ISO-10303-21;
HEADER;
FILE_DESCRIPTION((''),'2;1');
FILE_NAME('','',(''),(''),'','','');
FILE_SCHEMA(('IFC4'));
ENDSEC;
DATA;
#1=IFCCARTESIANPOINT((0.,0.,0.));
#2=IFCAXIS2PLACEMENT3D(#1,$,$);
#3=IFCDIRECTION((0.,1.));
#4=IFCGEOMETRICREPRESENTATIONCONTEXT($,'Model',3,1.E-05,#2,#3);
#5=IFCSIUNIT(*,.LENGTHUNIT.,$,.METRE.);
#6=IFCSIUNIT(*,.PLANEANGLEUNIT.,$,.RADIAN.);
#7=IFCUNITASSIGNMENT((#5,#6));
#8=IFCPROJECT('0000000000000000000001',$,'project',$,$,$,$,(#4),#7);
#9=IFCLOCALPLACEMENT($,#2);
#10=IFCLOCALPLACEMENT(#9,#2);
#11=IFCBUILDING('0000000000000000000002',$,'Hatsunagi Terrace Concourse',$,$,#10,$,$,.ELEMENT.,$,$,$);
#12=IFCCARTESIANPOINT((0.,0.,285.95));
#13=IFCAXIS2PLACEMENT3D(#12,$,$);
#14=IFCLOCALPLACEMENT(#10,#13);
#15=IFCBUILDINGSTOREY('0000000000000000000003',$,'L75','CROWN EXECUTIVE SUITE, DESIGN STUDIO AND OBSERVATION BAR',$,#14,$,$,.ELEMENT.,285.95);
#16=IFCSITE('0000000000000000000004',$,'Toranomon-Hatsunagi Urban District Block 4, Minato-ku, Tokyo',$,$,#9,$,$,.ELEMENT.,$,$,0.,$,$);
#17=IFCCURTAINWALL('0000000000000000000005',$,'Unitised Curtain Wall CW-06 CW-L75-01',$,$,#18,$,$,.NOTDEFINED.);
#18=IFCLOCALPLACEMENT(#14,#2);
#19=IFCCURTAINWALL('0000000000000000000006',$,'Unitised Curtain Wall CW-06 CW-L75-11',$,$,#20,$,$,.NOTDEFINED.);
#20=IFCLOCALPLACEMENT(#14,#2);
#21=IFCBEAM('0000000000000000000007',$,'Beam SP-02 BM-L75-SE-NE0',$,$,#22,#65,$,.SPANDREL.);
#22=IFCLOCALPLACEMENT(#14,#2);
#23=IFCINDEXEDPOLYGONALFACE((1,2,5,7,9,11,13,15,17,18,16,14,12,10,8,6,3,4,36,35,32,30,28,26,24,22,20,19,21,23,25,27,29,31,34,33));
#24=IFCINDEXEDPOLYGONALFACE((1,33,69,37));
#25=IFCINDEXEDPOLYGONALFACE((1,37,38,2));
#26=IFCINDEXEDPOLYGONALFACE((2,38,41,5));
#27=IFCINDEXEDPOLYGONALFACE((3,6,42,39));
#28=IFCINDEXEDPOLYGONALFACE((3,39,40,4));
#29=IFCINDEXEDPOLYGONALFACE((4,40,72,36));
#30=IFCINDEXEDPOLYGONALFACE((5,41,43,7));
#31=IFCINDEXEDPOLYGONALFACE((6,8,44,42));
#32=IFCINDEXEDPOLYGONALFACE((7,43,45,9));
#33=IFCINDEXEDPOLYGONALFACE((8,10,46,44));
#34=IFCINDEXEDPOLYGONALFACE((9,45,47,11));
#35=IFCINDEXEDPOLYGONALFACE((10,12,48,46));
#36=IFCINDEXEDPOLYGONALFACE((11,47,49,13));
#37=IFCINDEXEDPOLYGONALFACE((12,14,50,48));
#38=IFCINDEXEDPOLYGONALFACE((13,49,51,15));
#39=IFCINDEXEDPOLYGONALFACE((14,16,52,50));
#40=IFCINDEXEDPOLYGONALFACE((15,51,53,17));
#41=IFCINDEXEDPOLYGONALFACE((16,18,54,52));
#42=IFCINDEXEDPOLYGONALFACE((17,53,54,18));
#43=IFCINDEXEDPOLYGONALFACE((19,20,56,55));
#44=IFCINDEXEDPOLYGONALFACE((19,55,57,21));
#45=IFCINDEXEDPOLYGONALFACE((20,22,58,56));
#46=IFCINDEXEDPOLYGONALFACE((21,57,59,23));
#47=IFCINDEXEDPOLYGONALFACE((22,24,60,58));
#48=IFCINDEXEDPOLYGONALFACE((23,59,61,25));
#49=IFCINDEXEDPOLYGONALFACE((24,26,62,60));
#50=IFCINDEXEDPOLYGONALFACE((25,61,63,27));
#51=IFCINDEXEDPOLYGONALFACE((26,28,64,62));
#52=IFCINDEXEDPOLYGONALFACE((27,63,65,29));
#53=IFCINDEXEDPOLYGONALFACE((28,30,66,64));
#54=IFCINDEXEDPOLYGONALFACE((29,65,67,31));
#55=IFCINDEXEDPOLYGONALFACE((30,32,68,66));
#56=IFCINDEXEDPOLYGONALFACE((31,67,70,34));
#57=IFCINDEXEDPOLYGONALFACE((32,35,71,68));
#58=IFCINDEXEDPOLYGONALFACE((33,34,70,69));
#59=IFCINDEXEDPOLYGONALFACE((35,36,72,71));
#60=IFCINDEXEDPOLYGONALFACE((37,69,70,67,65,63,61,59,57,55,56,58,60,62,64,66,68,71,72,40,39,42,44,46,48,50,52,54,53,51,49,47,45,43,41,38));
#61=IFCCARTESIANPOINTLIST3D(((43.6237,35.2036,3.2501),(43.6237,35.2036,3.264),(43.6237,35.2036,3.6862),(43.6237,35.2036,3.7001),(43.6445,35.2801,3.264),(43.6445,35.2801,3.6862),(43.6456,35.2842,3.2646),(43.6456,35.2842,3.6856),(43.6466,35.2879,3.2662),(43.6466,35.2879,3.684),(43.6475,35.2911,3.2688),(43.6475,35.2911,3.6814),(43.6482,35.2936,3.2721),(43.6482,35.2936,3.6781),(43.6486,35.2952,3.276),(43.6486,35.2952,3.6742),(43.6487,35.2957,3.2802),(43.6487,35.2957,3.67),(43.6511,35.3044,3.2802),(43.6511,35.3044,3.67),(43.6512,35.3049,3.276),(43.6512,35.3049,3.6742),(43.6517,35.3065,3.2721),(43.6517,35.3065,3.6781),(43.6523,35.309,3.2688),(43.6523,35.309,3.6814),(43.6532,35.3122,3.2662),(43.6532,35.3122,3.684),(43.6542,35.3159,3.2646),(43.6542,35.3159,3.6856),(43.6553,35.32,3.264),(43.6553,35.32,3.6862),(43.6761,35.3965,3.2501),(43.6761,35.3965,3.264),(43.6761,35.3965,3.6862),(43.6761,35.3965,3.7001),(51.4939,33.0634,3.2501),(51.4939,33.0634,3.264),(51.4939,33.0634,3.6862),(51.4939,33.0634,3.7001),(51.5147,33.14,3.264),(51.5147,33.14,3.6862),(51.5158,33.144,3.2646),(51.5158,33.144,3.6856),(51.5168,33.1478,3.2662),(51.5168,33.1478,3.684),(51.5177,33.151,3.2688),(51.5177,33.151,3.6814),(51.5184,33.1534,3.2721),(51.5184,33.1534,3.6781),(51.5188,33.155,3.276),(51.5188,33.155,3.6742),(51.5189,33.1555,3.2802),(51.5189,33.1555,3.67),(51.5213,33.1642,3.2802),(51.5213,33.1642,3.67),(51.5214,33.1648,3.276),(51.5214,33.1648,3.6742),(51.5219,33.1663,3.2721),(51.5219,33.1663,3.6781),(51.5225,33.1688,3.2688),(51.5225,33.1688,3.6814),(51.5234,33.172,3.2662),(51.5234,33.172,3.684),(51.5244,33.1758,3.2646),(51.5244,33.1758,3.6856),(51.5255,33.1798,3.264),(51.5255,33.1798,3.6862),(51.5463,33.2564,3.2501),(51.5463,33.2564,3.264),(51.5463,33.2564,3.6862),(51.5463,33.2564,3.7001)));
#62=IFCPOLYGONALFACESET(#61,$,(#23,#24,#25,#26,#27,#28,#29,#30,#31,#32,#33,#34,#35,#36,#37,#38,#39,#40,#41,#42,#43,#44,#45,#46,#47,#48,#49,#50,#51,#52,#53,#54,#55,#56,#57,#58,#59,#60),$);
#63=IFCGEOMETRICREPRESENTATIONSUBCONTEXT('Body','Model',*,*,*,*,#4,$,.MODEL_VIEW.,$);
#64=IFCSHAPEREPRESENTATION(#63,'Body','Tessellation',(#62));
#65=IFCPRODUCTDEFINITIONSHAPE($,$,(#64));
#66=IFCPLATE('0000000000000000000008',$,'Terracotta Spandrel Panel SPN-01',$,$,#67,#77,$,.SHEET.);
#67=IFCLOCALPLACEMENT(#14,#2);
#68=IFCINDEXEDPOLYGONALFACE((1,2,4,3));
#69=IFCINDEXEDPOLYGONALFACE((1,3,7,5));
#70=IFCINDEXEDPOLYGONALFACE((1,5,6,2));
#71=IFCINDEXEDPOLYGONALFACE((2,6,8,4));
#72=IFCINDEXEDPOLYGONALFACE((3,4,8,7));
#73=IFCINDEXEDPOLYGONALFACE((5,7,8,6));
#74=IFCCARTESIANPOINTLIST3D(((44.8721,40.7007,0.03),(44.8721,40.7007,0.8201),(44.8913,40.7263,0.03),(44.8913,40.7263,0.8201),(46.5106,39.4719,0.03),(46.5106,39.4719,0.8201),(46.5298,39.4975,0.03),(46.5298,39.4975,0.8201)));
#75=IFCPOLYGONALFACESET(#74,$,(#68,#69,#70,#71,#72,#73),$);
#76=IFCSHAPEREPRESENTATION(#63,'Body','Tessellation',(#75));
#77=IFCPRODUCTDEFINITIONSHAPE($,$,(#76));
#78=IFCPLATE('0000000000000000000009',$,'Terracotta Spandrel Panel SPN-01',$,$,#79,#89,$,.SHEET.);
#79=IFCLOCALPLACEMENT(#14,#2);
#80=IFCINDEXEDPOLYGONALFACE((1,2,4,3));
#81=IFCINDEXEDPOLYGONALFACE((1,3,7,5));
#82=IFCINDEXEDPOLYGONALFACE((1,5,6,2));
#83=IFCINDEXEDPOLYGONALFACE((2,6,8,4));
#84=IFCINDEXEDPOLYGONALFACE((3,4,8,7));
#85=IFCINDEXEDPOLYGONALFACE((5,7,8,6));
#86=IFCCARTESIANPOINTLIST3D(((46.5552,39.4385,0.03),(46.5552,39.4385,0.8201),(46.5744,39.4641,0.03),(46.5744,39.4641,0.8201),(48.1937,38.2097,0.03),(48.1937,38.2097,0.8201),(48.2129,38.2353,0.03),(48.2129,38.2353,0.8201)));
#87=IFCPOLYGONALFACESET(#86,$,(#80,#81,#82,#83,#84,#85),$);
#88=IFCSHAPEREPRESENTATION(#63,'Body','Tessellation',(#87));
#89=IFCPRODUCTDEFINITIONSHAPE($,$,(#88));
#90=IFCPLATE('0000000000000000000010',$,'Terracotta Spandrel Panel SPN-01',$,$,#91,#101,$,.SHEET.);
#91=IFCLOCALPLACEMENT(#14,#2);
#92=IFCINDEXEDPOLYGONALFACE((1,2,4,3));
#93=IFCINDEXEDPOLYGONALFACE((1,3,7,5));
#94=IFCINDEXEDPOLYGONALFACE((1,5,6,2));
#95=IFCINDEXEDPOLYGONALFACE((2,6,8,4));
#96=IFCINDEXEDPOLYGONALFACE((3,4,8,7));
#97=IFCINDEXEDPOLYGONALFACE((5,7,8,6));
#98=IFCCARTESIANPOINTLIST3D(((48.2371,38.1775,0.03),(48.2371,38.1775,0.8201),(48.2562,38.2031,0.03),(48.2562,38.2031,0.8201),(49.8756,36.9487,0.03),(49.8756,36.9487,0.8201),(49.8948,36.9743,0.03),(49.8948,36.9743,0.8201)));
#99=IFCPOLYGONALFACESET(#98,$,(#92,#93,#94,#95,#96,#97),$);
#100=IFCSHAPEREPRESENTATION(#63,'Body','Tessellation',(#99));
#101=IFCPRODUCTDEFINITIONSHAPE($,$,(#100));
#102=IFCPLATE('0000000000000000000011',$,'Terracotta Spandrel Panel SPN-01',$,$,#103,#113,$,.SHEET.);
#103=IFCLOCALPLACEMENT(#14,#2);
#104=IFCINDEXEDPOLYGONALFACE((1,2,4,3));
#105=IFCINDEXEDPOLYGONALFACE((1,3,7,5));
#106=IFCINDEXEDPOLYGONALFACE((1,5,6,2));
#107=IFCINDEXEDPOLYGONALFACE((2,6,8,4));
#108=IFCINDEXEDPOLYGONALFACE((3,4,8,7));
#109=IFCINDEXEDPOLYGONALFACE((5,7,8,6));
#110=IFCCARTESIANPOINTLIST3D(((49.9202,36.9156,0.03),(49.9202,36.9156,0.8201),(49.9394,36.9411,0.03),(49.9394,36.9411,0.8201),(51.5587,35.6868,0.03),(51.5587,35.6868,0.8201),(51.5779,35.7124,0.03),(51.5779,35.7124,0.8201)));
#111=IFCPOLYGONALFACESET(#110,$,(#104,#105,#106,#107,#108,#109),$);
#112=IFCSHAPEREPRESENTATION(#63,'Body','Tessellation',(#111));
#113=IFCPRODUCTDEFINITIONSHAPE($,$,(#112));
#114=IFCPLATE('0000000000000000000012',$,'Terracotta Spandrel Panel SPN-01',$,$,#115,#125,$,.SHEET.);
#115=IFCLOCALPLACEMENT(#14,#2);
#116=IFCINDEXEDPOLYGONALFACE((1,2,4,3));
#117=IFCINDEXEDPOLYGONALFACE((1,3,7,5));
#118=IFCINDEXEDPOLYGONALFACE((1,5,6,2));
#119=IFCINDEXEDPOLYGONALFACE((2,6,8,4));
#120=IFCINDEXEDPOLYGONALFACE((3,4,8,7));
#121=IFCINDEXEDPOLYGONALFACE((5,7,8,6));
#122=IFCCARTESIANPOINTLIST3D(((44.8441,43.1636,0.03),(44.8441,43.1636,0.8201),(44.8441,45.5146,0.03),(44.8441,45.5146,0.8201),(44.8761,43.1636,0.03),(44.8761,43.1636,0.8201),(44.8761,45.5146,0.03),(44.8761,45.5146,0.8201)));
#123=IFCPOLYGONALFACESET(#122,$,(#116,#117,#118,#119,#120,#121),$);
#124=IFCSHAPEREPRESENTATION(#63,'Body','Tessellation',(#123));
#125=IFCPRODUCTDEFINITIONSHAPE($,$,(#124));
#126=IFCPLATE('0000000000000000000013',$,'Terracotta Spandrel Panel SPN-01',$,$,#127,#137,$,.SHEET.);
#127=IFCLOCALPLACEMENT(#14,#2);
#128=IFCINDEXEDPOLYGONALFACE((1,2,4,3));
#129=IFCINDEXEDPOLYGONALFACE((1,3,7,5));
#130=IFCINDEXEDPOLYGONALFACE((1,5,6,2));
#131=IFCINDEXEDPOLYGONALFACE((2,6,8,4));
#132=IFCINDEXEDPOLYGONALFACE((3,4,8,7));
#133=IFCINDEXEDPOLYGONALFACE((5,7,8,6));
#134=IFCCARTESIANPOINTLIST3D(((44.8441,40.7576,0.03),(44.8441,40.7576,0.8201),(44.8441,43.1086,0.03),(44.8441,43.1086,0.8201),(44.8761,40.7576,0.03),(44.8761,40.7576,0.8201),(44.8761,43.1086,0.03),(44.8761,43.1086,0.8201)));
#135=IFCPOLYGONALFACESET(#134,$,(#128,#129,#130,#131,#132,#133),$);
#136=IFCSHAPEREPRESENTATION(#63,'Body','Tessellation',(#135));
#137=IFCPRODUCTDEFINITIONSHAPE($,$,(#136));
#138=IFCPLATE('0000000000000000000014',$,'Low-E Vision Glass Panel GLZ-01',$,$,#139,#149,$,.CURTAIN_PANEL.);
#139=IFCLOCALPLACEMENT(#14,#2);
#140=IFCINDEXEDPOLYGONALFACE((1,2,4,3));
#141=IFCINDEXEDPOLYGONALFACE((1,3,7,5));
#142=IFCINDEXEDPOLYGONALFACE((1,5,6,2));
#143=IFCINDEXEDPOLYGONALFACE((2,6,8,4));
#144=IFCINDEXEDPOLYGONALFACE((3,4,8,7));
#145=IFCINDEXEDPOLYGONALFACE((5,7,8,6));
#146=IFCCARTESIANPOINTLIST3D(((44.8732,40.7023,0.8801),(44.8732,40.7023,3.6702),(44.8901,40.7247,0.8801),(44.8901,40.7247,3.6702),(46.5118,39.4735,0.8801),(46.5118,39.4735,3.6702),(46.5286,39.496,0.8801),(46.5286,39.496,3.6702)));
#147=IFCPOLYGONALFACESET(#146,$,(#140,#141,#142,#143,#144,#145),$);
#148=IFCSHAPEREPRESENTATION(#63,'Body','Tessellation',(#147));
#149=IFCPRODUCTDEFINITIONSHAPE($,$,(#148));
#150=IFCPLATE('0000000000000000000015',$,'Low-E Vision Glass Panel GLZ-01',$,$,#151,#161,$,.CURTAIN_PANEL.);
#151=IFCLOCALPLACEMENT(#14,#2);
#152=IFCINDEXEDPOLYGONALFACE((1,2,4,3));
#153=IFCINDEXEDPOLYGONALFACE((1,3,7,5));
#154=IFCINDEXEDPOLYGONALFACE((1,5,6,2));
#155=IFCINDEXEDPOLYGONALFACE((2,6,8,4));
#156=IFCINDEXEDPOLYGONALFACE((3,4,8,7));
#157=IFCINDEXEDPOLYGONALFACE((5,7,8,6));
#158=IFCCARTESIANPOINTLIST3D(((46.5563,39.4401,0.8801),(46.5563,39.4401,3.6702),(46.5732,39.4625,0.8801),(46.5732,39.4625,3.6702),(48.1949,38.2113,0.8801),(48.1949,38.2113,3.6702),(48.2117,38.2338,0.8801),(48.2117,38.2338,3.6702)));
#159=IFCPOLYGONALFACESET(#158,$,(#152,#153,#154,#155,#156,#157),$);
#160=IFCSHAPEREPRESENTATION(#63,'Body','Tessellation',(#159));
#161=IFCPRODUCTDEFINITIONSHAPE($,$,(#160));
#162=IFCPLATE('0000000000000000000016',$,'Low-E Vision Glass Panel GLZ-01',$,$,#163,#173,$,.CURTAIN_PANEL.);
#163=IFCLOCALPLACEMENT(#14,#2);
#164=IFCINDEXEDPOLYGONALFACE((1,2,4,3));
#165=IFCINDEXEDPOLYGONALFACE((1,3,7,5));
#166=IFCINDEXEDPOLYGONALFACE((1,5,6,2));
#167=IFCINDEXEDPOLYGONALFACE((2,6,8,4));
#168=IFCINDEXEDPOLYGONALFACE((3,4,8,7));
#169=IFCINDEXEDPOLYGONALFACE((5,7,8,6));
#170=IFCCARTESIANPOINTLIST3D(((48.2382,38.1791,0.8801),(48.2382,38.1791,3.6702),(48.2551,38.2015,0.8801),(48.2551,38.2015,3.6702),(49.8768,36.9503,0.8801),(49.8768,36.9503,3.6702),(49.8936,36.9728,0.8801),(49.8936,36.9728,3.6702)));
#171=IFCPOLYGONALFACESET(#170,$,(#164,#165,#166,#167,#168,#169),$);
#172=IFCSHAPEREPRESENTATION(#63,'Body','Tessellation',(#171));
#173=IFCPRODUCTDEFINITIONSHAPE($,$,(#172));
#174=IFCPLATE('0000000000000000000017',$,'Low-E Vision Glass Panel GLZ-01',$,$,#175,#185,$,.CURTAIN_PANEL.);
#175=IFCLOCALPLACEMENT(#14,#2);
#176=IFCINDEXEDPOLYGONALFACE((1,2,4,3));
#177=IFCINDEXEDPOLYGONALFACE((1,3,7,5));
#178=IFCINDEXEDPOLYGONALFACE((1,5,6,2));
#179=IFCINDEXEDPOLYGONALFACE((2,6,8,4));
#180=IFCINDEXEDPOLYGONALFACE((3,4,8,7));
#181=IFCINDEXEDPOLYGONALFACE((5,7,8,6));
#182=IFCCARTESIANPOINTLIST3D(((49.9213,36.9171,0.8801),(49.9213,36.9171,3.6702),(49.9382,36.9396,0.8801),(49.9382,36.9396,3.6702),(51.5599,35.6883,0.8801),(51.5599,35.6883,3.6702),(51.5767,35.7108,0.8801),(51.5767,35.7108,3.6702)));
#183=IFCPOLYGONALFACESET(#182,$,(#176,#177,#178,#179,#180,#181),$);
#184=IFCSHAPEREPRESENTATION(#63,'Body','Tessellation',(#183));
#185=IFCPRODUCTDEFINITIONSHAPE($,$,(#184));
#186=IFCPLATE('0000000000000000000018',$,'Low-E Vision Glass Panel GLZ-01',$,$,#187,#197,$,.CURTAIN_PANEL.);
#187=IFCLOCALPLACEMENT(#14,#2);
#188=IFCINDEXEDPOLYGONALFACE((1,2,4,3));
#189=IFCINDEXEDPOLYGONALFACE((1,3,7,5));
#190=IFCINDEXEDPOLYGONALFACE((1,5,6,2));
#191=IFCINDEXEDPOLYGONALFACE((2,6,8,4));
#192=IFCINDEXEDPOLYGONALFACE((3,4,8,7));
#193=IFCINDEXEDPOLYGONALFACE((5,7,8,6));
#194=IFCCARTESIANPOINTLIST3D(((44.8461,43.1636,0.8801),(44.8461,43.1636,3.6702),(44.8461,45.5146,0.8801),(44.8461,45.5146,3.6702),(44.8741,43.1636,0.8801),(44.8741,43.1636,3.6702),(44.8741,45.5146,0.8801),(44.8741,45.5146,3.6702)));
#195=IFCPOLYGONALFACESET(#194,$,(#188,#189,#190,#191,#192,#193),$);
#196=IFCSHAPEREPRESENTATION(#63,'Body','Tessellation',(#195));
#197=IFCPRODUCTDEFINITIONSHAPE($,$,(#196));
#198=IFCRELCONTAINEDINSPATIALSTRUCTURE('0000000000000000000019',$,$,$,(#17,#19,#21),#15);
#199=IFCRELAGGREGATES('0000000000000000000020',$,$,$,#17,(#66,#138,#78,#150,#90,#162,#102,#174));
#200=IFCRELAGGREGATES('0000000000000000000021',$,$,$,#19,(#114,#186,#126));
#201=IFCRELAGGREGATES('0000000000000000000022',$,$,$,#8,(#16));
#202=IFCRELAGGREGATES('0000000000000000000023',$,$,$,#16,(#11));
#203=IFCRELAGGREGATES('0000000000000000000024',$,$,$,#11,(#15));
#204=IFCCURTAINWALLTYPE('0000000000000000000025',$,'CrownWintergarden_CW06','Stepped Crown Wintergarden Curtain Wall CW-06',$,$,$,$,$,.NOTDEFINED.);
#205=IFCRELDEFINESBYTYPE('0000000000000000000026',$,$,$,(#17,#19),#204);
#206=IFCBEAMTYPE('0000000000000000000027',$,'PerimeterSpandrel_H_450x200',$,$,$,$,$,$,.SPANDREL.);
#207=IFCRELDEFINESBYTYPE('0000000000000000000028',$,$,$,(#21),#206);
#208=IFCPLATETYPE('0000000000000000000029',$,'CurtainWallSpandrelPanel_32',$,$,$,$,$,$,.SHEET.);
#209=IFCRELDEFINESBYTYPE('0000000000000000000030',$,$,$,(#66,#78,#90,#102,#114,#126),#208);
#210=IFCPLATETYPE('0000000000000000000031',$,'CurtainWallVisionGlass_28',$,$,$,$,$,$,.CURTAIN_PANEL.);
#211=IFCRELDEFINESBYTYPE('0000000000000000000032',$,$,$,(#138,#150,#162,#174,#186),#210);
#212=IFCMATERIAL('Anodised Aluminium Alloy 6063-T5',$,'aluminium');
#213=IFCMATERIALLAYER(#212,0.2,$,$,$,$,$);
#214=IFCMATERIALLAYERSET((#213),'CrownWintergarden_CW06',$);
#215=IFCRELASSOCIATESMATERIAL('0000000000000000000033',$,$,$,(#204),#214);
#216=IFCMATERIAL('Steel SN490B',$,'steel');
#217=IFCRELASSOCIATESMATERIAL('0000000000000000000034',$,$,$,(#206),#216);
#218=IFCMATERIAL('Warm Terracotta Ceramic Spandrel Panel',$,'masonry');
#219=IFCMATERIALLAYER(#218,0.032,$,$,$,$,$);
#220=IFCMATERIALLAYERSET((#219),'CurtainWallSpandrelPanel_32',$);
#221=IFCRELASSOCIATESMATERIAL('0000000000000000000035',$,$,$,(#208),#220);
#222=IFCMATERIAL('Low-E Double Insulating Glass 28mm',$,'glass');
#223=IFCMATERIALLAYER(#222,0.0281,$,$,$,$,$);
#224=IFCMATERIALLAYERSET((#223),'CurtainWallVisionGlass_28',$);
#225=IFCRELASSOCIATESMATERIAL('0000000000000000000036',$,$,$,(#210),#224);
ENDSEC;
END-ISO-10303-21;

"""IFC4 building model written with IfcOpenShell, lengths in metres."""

from ifc_helpers import new_model, si_unit, direction, frame, origin, origin_2d, place, context, subcontext, project, spatial, rectangle, i_section, extrude, material, layer, layer_set, material_profile, profile_set, type_object, element, aggregate, save


model = new_model("IFC4")

# Units and contexts
model_context = context("Model", 3, precision=1e-05, world=origin(), true_north=direction((0.0, 1.0)))
body_context = subcontext(model_context, "Body", "Model", "MODEL_VIEW")
ifc_project = project(units=[si_unit("LENGTHUNIT", "METRE"), si_unit("PLANEANGLEUNIT", "RADIAN")], contexts=[model_context])

# Site, building, storey
site_placement = place(None, origin())
site = spatial("IfcSite", under=ifc_project, at=site_placement, Name="Toranomon-Hatsunagi Urban District Block 4, Minato-ku, Tokyo", CompositionType="ELEMENT", RefElevation=0.0)
building_placement = place(site_placement, origin())
building = spatial("IfcBuilding", under=site, at=building_placement, Name="Hatsunagi Terrace Concourse", CompositionType="ELEMENT")
storey_placement = place(building_placement, frame((0.0, 0.0, 285.95)))
storey = spatial("IfcBuildingStorey", under=building, at=storey_placement, Name="L75", Description="CROWN EXECUTIVE SUITE, DESIGN STUDIO AND OBSERVATION BAR", CompositionType="ELEMENT", Elevation=285.95)

# Curtain walls
ifc_material_1 = material(Name="Anodised Aluminium Alloy 6063-T5", Category="aluminium")
ifc_layer_1 = layer(ifc_material_1, 0.2)
ifc_layer_set_1 = layer_set([ifc_layer_1], Name="CrownWintergarden_CW06")
curtain_wall_type = type_object("IfcCurtainWallType", Name="CrownWintergarden_CW06", Description="Stepped Crown Wintergarden Curtain Wall CW-06", PredefinedType="NOTDEFINED", material=ifc_layer_set_1)
curtain_wall_1_placement = place(storey_placement, origin())
curtain_wall_1 = element("IfcCurtainWall", 1, at=curtain_wall_1_placement, inside=storey, type_object=curtain_wall_type, Name="Unitised Curtain Wall CW-06 CW-L75-01", PredefinedType="NOTDEFINED")
curtain_wall_2_placement = place(storey_placement, origin())
curtain_wall_2 = element("IfcCurtainWall", 2, at=curtain_wall_2_placement, inside=storey, type_object=curtain_wall_type, Name="Unitised Curtain Wall CW-06 CW-L75-11", PredefinedType="NOTDEFINED")

# Beam
ifc_material_2 = material(Name="Steel SN490B", Category="steel")
ifc_material_profile_1 = material_profile(ifc_material_2, i_section(OverallWidth=0.2, OverallDepth=0.45, WebThickness=0.009, FlangeThickness=0.0139, FilletRadius=0.0161, at=origin_2d()), Name="H-450x200x9x14")
ifc_profile_set_1 = profile_set([ifc_material_profile_1], Name="Steel SN490B")
beam_type_1 = type_object("IfcBeamType", Name="PerimeterSpandrel_H_450x200", PredefinedType="SPANDREL", material=ifc_profile_set_1)
beam_1_placement = place(storey_placement, frame((43.6499, 35.3, 3.4751), z_axis=(0.964958, -0.262403, 0.0), x_axis=(0.262403, 0.964958, 0.0)))
element("IfcBeam", 3, at=beam_1_placement, inside=storey, type_object=beam_type_1, Name="Beam SP-02 BM-L75-SE-NE0", PredefinedType="SPANDREL", context=body_context, shape_type="SweptSolid", body=[
    extrude(i_section(OverallWidth=0.2, OverallDepth=0.45, WebThickness=0.009, FlangeThickness=0.0139, FilletRadius=0.0161, at=origin_2d()), origin(), (0.0, 0.0, 1.0), 8.156),
])

# Plates
ifc_material_3 = material(Name="Warm Terracotta Ceramic Spandrel Panel", Category="masonry")
ifc_layer_2 = layer(ifc_material_3, 0.032)
ifc_layer_set_2 = layer_set([ifc_layer_2], Name="CurtainWallSpandrelPanel_32")
plate_type_1 = type_object("IfcPlateType", Name="CurtainWallSpandrelPanel_32", PredefinedType="SHEET", material=ifc_layer_set_2)
plate_1_placement = place(storey_placement, frame((45.7009, 40.0991, 0.03), z_axis=(0.0, 0.0, 1.0), x_axis=(0.800028, -0.599962, 0.0)))
plate_1 = element("IfcPlate", 4, at=plate_1_placement, type_object=plate_type_1, Name="Terracotta Spandrel Panel SPN-01", PredefinedType="SHEET", context=body_context, shape_type="SweptSolid", body=[
    extrude(rectangle(XDim=2.0481, YDim=0.032, at=origin_2d()), origin(), (0.0, 0.0, 1.0), 0.79),
])
plate_2_placement = place(storey_placement, frame((47.384, 38.8369, 0.03), z_axis=(0.0, 0.0, 1.0), x_axis=(0.800028, -0.599962, 0.0)))
plate_2 = element("IfcPlate", 5, at=plate_2_placement, type_object=plate_type_1, Name="Terracotta Spandrel Panel SPN-01", PredefinedType="SHEET", context=body_context, shape_type="SweptSolid", body=[
    extrude(rectangle(XDim=2.0481, YDim=0.032, at=origin_2d()), origin(), (0.0, 0.0, 1.0), 0.79),
])
plate_3_placement = place(storey_placement, frame((49.0659, 37.5759, 0.03), z_axis=(0.0, 0.0, 1.0), x_axis=(0.800028, -0.599962, 0.0)))
plate_3 = element("IfcPlate", 6, at=plate_3_placement, type_object=plate_type_1, Name="Terracotta Spandrel Panel SPN-01", PredefinedType="SHEET", context=body_context, shape_type="SweptSolid", body=[
    extrude(rectangle(XDim=2.0481, YDim=0.032, at=origin_2d()), origin(), (0.0, 0.0, 1.0), 0.79),
])
plate_4_placement = place(storey_placement, frame((50.749, 36.314, 0.03), z_axis=(0.0, 0.0, 1.0), x_axis=(0.800028, -0.599962, 0.0)))
plate_4 = element("IfcPlate", 7, at=plate_4_placement, type_object=plate_type_1, Name="Terracotta Spandrel Panel SPN-01", PredefinedType="SHEET", context=body_context, shape_type="SweptSolid", body=[
    extrude(rectangle(XDim=2.0481, YDim=0.032, at=origin_2d()), origin(), (0.0, 0.0, 1.0), 0.79),
])
plate_5_placement = place(storey_placement, frame((44.8601, 44.3391, 0.03), z_axis=(0.0, 0.0, 1.0), x_axis=(0.0, -1.0, 0.0)))
plate_5 = element("IfcPlate", 8, at=plate_5_placement, type_object=plate_type_1, Name="Terracotta Spandrel Panel SPN-01", PredefinedType="SHEET", context=body_context, shape_type="SweptSolid", body=[
    extrude(rectangle(XDim=2.3511, YDim=0.032, at=origin_2d()), origin(), (0.0, 0.0, 1.0), 0.79),
])
plate_6_placement = place(storey_placement, frame((44.8601, 41.9331, 0.03), z_axis=(0.0, 0.0, 1.0), x_axis=(0.0, -1.0, 0.0)))
plate_6 = element("IfcPlate", 9, at=plate_6_placement, type_object=plate_type_1, Name="Terracotta Spandrel Panel SPN-01", PredefinedType="SHEET", context=body_context, shape_type="SweptSolid", body=[
    extrude(rectangle(XDim=2.3511, YDim=0.032, at=origin_2d()), origin(), (0.0, 0.0, 1.0), 0.79),
])
ifc_material_4 = material(Name="Low-E Double Insulating Glass 28mm", Category="glass")
ifc_layer_3 = layer(ifc_material_4, 0.0281)
ifc_layer_set_3 = layer_set([ifc_layer_3], Name="CurtainWallVisionGlass_28")
plate_type_2 = type_object("IfcPlateType", Name="CurtainWallVisionGlass_28", PredefinedType="CURTAIN_PANEL", material=ifc_layer_set_3)
plate_7_placement = place(storey_placement, frame((45.7009, 40.0991, 0.8801), z_axis=(0.0, 0.0, 1.0), x_axis=(0.800028, -0.599962, 0.0)))
plate_7 = element("IfcPlate", 10, at=plate_7_placement, type_object=plate_type_2, Name="Low-E Vision Glass Panel GLZ-01", PredefinedType="CURTAIN_PANEL", context=body_context, shape_type="SweptSolid", body=[
    extrude(rectangle(XDim=2.0481, YDim=0.0281, at=origin_2d()), origin(), (0.0, 0.0, 1.0), 2.79),
])
plate_8_placement = place(storey_placement, frame((47.384, 38.8369, 0.8801), z_axis=(0.0, 0.0, 1.0), x_axis=(0.800028, -0.599962, 0.0)))
plate_8 = element("IfcPlate", 11, at=plate_8_placement, type_object=plate_type_2, Name="Low-E Vision Glass Panel GLZ-01", PredefinedType="CURTAIN_PANEL", context=body_context, shape_type="SweptSolid", body=[
    extrude(rectangle(XDim=2.0481, YDim=0.0281, at=origin_2d()), origin(), (0.0, 0.0, 1.0), 2.79),
])
plate_9_placement = place(storey_placement, frame((49.0659, 37.5759, 0.8801), z_axis=(0.0, 0.0, 1.0), x_axis=(0.800028, -0.599962, 0.0)))
plate_9 = element("IfcPlate", 12, at=plate_9_placement, type_object=plate_type_2, Name="Low-E Vision Glass Panel GLZ-01", PredefinedType="CURTAIN_PANEL", context=body_context, shape_type="SweptSolid", body=[
    extrude(rectangle(XDim=2.0481, YDim=0.0281, at=origin_2d()), origin(), (0.0, 0.0, 1.0), 2.79),
])
plate_10_placement = place(storey_placement, frame((50.749, 36.314, 0.8801), z_axis=(0.0, 0.0, 1.0), x_axis=(0.800028, -0.599962, 0.0)))
plate_10 = element("IfcPlate", 13, at=plate_10_placement, type_object=plate_type_2, Name="Low-E Vision Glass Panel GLZ-01", PredefinedType="CURTAIN_PANEL", context=body_context, shape_type="SweptSolid", body=[
    extrude(rectangle(XDim=2.0481, YDim=0.0281, at=origin_2d()), origin(), (0.0, 0.0, 1.0), 2.79),
])
aggregate(curtain_wall_1, [plate_1, plate_7, plate_2, plate_8, plate_3, plate_9, plate_4, plate_10])
plate_11_placement = place(storey_placement, frame((44.8601, 44.3391, 0.8801), z_axis=(0.0, 0.0, 1.0), x_axis=(0.0, -1.0, 0.0)))
plate_11 = element("IfcPlate", 14, at=plate_11_placement, type_object=plate_type_2, Name="Low-E Vision Glass Panel GLZ-01", PredefinedType="CURTAIN_PANEL", context=body_context, shape_type="SweptSolid", body=[
    extrude(rectangle(XDim=2.3511, YDim=0.0281, at=origin_2d()), origin(), (0.0, 0.0, 1.0), 2.79),
])
aggregate(curtain_wall_2, [plate_5, plate_11, plate_6])

save(model, "model.ifc")
